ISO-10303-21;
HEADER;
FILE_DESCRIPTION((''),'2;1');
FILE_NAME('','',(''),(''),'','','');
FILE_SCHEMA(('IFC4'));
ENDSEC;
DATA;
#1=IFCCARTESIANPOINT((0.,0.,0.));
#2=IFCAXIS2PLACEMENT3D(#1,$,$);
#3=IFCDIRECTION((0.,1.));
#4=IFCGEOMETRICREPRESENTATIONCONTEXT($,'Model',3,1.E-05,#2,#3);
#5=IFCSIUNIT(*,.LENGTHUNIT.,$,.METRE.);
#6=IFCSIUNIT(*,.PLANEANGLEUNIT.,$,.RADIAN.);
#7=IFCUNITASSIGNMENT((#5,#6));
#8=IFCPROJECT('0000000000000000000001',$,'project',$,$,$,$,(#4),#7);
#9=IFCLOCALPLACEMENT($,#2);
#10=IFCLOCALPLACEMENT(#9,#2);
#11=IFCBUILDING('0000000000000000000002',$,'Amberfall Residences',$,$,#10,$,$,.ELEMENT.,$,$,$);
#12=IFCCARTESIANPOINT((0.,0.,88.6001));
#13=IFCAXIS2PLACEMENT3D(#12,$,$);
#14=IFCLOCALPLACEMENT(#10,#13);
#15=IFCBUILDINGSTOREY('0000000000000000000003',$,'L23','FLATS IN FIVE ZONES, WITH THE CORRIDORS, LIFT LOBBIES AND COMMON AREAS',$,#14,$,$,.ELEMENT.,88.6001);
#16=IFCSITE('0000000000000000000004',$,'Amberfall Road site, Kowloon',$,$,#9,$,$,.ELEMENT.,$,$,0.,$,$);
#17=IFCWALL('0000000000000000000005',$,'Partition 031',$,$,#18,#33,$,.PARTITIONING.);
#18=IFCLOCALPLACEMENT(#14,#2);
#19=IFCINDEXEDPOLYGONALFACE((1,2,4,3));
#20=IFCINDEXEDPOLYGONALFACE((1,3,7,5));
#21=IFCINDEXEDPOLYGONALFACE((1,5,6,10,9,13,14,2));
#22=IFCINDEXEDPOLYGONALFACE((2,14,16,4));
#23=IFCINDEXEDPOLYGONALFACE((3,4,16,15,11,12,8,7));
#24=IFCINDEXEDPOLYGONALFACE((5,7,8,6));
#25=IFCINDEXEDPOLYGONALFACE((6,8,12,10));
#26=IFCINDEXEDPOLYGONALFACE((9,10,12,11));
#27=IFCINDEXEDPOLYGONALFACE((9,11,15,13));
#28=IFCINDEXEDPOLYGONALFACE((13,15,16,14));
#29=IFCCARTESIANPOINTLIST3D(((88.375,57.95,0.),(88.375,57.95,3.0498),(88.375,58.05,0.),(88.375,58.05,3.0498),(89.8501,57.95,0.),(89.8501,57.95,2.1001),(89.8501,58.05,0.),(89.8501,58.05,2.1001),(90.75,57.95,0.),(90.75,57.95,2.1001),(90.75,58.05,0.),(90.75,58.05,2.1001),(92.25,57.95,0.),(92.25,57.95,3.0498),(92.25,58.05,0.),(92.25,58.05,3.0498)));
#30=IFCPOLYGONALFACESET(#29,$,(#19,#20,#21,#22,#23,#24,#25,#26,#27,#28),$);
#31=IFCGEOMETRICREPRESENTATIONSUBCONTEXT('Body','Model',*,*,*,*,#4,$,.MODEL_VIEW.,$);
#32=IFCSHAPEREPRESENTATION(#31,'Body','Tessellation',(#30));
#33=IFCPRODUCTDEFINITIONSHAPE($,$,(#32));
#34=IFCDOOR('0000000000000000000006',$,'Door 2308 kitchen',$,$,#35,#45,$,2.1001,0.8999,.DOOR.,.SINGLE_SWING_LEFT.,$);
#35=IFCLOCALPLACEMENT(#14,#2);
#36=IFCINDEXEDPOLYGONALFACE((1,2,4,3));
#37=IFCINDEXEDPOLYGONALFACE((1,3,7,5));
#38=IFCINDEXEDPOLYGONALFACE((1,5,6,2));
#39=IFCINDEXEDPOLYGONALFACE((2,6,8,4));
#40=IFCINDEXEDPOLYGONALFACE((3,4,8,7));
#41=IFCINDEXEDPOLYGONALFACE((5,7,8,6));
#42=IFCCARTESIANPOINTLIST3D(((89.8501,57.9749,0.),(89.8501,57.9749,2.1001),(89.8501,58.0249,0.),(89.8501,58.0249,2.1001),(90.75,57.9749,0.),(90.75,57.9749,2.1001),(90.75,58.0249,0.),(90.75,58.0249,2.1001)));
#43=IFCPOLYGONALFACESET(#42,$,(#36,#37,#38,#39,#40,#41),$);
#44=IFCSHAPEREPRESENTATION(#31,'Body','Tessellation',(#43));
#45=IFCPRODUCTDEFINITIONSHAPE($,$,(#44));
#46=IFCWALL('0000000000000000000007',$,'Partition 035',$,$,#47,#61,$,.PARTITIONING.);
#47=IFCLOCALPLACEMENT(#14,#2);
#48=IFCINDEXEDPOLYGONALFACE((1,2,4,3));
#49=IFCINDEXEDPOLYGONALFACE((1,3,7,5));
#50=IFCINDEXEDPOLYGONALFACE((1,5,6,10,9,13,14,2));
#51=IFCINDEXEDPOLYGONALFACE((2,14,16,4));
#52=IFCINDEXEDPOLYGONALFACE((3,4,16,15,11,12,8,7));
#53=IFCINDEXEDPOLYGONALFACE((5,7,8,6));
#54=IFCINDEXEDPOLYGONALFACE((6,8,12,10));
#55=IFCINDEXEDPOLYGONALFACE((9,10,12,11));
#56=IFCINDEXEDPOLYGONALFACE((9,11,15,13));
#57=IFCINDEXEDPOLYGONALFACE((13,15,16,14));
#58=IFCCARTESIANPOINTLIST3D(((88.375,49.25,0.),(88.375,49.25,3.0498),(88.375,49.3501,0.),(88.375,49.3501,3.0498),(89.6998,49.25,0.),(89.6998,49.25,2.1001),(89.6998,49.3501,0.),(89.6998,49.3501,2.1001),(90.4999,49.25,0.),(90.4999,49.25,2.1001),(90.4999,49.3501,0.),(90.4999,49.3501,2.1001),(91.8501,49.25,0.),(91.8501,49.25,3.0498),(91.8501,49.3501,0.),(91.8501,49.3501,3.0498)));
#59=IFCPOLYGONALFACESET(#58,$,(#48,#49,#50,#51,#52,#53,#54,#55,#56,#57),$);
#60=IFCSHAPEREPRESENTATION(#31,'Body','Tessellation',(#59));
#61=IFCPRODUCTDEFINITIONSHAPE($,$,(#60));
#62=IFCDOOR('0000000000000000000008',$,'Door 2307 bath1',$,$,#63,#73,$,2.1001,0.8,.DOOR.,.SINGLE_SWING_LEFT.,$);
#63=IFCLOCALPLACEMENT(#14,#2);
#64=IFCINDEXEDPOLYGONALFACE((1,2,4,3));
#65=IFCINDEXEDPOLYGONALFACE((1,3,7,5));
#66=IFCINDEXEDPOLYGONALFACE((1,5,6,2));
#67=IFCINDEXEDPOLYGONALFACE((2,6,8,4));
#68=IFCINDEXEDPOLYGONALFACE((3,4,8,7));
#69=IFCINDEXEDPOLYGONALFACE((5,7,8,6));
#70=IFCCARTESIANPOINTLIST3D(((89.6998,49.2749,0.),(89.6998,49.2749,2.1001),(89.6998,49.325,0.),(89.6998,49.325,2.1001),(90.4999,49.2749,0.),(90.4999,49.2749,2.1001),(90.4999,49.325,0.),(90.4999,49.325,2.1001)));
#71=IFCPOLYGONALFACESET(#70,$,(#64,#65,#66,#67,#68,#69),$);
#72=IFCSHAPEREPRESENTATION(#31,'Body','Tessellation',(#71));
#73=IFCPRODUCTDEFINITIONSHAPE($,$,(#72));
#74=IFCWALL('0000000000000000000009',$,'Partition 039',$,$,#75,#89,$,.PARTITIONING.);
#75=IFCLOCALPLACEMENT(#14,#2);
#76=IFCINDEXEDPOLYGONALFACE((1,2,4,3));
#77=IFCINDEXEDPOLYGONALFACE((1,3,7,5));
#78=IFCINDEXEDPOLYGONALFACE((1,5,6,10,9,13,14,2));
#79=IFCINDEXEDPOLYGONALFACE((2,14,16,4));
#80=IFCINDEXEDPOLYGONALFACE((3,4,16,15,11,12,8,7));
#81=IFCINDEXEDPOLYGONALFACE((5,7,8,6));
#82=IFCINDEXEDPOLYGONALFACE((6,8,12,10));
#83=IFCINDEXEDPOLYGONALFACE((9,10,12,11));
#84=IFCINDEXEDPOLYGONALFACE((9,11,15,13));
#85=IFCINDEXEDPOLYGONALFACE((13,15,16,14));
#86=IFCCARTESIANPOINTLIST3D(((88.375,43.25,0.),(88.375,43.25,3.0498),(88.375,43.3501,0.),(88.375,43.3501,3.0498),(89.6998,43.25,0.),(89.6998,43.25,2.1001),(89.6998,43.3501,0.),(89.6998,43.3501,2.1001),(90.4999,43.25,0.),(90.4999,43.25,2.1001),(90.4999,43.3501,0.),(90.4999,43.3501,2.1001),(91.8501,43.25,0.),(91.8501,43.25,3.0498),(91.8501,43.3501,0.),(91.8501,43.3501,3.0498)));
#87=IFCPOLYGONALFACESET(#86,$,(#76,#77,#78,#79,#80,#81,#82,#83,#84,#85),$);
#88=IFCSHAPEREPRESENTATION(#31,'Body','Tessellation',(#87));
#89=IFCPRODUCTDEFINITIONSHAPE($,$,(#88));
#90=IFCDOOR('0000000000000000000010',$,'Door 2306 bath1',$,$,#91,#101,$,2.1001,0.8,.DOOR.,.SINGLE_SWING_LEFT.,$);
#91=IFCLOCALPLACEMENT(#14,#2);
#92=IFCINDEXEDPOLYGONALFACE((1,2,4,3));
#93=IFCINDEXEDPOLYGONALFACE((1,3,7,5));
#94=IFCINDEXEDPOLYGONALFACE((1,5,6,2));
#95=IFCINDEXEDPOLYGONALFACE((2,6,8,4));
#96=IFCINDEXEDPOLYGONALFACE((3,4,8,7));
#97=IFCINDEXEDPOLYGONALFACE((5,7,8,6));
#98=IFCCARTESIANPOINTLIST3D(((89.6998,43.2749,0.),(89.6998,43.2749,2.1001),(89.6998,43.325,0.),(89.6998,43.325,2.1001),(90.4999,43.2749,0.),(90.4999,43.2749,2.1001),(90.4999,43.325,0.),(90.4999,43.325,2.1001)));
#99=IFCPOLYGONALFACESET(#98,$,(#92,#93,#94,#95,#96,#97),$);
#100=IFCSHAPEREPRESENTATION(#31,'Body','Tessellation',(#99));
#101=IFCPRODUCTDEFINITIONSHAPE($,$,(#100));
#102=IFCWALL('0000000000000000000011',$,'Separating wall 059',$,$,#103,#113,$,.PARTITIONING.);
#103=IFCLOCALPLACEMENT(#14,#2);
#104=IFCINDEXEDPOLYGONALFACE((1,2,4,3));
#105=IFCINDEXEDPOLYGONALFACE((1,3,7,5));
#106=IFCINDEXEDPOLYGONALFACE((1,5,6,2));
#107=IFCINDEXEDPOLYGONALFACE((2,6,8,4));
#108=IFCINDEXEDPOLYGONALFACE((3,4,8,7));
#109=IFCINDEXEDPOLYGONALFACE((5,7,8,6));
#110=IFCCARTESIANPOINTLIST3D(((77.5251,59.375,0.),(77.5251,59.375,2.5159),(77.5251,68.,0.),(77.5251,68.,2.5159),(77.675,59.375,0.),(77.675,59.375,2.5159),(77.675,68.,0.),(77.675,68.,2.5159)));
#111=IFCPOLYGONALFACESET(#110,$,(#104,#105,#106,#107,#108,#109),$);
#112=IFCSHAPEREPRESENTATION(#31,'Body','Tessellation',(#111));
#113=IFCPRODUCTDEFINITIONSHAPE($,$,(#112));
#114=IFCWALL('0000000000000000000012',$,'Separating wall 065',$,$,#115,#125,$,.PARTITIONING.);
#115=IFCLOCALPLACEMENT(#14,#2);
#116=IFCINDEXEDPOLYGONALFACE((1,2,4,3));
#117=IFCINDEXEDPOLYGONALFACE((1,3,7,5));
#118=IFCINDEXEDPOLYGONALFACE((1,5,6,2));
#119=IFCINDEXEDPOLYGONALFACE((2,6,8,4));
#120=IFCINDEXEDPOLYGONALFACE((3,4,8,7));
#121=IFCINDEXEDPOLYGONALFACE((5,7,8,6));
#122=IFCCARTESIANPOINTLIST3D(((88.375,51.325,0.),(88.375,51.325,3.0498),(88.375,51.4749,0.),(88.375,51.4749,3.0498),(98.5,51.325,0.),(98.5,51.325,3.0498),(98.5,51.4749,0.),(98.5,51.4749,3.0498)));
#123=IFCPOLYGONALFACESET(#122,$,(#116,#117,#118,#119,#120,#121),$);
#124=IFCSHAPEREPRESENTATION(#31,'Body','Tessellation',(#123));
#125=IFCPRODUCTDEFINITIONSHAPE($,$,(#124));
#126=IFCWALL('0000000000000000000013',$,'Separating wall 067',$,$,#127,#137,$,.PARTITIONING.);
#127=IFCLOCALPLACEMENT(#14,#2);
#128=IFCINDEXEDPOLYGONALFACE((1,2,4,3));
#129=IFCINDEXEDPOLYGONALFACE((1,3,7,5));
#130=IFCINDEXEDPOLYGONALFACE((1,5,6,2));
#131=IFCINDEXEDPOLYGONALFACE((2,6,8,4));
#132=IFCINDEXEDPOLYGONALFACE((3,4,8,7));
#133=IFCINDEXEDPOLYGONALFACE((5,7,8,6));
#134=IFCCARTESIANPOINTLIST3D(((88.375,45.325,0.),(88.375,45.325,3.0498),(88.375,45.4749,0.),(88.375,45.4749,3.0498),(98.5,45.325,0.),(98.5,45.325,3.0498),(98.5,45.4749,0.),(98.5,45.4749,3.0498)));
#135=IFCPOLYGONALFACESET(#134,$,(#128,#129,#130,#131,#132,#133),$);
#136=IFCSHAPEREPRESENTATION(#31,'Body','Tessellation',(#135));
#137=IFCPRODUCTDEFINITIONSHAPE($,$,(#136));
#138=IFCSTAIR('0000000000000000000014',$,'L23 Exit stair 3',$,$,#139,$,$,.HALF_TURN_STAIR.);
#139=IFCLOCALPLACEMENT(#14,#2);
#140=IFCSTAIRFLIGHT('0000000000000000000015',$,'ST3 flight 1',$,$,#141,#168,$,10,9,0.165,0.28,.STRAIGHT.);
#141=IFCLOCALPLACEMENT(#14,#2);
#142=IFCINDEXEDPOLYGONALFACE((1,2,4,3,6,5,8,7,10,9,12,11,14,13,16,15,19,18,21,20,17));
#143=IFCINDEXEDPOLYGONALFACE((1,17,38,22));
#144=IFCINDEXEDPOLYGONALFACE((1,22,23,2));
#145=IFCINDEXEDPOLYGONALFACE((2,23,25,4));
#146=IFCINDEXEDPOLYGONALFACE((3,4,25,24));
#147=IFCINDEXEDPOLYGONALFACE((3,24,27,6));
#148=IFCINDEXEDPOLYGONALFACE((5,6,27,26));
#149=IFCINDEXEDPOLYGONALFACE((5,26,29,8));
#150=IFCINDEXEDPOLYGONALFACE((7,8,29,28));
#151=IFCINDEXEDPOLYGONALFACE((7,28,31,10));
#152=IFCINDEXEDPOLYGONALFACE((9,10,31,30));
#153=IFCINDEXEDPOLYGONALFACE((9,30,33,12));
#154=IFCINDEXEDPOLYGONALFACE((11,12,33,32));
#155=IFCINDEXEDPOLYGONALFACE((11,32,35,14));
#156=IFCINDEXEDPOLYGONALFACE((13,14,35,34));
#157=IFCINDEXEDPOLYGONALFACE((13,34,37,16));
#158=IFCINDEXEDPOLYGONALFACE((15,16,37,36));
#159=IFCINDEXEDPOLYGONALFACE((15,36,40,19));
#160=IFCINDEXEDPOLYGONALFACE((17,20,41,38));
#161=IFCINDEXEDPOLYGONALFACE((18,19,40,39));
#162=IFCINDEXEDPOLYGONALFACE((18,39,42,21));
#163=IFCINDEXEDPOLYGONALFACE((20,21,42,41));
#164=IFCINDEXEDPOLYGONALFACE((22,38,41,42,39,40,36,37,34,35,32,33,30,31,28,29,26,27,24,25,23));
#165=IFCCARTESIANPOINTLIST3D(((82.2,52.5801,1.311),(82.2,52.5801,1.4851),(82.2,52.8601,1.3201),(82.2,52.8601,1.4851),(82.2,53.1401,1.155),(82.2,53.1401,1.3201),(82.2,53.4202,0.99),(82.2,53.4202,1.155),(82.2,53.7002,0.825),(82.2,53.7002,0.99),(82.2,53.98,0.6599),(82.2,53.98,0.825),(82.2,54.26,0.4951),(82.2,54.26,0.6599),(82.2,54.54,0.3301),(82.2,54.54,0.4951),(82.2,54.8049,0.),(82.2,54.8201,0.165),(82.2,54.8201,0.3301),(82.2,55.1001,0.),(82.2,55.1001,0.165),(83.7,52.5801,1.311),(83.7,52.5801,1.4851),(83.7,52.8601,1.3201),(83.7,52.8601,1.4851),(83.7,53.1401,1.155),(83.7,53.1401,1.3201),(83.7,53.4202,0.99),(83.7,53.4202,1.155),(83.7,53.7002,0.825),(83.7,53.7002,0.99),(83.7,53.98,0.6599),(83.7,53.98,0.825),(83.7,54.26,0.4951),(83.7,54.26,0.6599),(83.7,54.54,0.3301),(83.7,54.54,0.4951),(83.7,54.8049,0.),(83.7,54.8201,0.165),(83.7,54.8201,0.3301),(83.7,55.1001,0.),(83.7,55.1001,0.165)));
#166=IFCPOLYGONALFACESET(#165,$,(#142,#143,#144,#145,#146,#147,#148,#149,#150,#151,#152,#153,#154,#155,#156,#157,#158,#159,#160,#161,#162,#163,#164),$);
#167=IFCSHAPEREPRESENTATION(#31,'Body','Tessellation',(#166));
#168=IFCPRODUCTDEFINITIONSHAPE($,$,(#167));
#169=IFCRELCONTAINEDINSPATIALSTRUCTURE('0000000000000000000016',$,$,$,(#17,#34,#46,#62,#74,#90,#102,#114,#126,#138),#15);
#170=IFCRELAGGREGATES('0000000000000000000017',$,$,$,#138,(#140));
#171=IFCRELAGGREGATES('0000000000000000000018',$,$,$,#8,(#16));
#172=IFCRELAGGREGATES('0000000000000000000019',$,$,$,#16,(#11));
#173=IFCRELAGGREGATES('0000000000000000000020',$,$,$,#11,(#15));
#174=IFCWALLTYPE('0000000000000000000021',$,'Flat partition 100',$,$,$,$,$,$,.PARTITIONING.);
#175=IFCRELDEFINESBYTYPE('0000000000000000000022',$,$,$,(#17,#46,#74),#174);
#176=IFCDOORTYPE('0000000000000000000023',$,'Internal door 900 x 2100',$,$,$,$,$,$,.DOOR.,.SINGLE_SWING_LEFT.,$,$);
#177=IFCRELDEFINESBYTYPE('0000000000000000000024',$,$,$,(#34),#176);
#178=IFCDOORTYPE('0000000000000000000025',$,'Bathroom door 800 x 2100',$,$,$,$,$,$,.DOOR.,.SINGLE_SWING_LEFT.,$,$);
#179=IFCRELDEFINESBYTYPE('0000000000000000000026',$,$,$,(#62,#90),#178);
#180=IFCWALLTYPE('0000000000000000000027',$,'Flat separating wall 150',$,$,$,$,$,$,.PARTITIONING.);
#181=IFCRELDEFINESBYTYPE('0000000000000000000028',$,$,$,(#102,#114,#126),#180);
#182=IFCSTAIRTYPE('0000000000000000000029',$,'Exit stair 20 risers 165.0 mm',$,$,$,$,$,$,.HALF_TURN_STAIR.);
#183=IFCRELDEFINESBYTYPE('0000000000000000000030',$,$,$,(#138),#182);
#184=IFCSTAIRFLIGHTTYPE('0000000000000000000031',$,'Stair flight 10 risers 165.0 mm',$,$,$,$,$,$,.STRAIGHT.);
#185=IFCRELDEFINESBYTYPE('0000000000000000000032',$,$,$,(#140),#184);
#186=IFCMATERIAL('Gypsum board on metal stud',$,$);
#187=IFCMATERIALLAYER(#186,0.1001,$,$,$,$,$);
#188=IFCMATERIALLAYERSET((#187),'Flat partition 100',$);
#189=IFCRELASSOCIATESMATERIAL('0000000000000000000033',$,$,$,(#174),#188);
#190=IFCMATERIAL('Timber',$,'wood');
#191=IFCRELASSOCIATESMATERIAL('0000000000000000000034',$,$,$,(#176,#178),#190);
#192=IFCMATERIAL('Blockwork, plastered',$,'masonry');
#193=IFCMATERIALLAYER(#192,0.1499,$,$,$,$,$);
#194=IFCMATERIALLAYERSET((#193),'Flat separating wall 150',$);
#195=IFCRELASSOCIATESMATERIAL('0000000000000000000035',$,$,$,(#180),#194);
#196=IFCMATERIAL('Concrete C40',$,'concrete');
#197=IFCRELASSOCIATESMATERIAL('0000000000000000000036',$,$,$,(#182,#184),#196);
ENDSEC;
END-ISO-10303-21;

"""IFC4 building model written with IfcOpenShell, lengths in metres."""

from ifc_helpers import new_model, si_unit, direction, frame, frame_2d, origin, place, context, subcontext, project, spatial, polyline, rectangle, outline, extrude, material, layer, layer_set, type_object, element, fill, aggregate, save


model = new_model("IFC4")

# Units and contexts
model_context = context("Model", 3, precision=1e-05, world=origin(), true_north=direction((0.0, 1.0)))
body_context = subcontext(model_context, "Body", "Model", "MODEL_VIEW")
ifc_project = project(units=[si_unit("LENGTHUNIT", "METRE"), si_unit("PLANEANGLEUNIT", "RADIAN")], contexts=[model_context])

# Site, building, storey
site_placement = place(None, origin())
site = spatial("IfcSite", under=ifc_project, at=site_placement, Name="Amberfall Road site, Kowloon", CompositionType="ELEMENT", RefElevation=0.0)
building_placement = place(site_placement, origin())
building = spatial("IfcBuilding", under=site, at=building_placement, Name="Amberfall Residences", CompositionType="ELEMENT")
storey_placement = place(building_placement, frame((0.0, 0.0, 88.6001)))
storey = spatial("IfcBuildingStorey", under=building, at=storey_placement, Name="L23", Description="FLATS IN FIVE ZONES, WITH THE CORRIDORS, LIFT LOBBIES AND COMMON AREAS", CompositionType="ELEMENT", Elevation=88.6001)

# Shared definitions
ifc_material_1 = material(Name="Gypsum board on metal stud")
ifc_layer_1 = layer(ifc_material_1, 0.1001)
ifc_layer_set_1 = layer_set([ifc_layer_1], Name="Flat partition 100")
wall_type_1 = type_object("IfcWallType", Name="Flat partition 100", PredefinedType="PARTITIONING", material=ifc_layer_set_1)
ifc_material_2 = material(Name="Timber", Category="wood")
door_type_1 = type_object("IfcDoorType", Name="Internal door 900 x 2100", OperationType="SINGLE_SWING_LEFT", PredefinedType="DOOR", material=ifc_material_2)

# Walls, openings, doors
wall_1_placement = place(storey_placement, frame((88.375, 58.0, 0.0), z_axis=(0.0, 0.0, 1.0), x_axis=(1.0, 0.0, 0.0)))
wall_1 = element("IfcWall", 1, at=wall_1_placement, inside=storey, type_object=wall_type_1, Name="Partition 031", PredefinedType="PARTITIONING", context=body_context, shape_type="SweptSolid", body=[
    extrude(rectangle(XDim=3.875, YDim=0.1001, at=frame_2d((1.9375, 0.0))), origin(), (0.0, 0.0, 1.0), 3.0498),
])
opening_1_placement = place(wall_1_placement, frame((1.4751, 0.0, 0.0)))
opening_1 = element("IfcOpeningElement", 2, at=opening_1_placement, cuts=wall_1, PredefinedType="OPENING", context=body_context, shape_type="SweptSolid", body=[
    extrude(rectangle(XDim=0.8999, YDim=2.1001, at=frame_2d((0.45, 1.05))), frame((0.0, 0.0601, 0.0), z_axis=(0.0, -1.0, 0.0), x_axis=(1.0, 0.0, 0.0)), (0.0, 0.0, 1.0), 0.1201),
])
door_1_placement = place(opening_1_placement, origin())
door_1 = element("IfcDoor", 3, at=door_1_placement, inside=storey, type_object=door_type_1, Name="Door 2308 kitchen", OperationType="SINGLE_SWING_LEFT", OverallHeight=2.1001, OverallWidth=0.8999, PredefinedType="DOOR", context=body_context, shape_type="SweptSolid", body=[
    extrude(rectangle(XDim=0.8999, YDim=2.1001, at=frame_2d((0.45, 1.05))), frame((0.0, 0.0249, 0.0), z_axis=(0.0, -1.0, 0.0), x_axis=(1.0, 0.0, 0.0)), (0.0, 0.0, 1.0), 0.05),
])
fill(opening_1, door_1)
wall_2_placement = place(storey_placement, frame((88.375, 49.3, 0.0), z_axis=(0.0, 0.0, 1.0), x_axis=(1.0, 0.0, 0.0)))
wall_2 = element("IfcWall", 4, at=wall_2_placement, inside=storey, type_object=wall_type_1, Name="Partition 035", PredefinedType="PARTITIONING", context=body_context, shape_type="SweptSolid", body=[
    extrude(rectangle(XDim=3.4751, YDim=0.1001, at=frame_2d((1.7375, 0.0))), origin(), (0.0, 0.0, 1.0), 3.0498),
])
opening_2_placement = place(wall_2_placement, frame((1.325, 0.0, 0.0)))
opening_2 = element("IfcOpeningElement", 5, at=opening_2_placement, cuts=wall_2, PredefinedType="OPENING", context=body_context, shape_type="SweptSolid", body=[
    extrude(rectangle(XDim=0.8, YDim=2.1001, at=frame_2d((0.3999, 1.05))), frame((0.0, 0.0601, 0.0), z_axis=(0.0, -1.0, 0.0), x_axis=(1.0, 0.0, 0.0)), (0.0, 0.0, 1.0), 0.1201),
])
door_type_2 = type_object("IfcDoorType", Name="Bathroom door 800 x 2100", OperationType="SINGLE_SWING_LEFT", PredefinedType="DOOR", material=ifc_material_2)
door_2_placement = place(opening_2_placement, origin())
door_2 = element("IfcDoor", 6, at=door_2_placement, inside=storey, type_object=door_type_2, Name="Door 2307 bath1", OperationType="SINGLE_SWING_LEFT", OverallHeight=2.1001, OverallWidth=0.8, PredefinedType="DOOR", context=body_context, shape_type="SweptSolid", body=[
    extrude(rectangle(XDim=0.8, YDim=2.1001, at=frame_2d((0.3999, 1.05))), frame((0.0, 0.0249, 0.0), z_axis=(0.0, -1.0, 0.0), x_axis=(1.0, 0.0, 0.0)), (0.0, 0.0, 1.0), 0.05),
])
fill(opening_2, door_2)
wall_3_placement = place(storey_placement, frame((88.375, 43.3, 0.0), z_axis=(0.0, 0.0, 1.0), x_axis=(1.0, 0.0, 0.0)))
wall_3 = element("IfcWall", 7, at=wall_3_placement, inside=storey, type_object=wall_type_1, Name="Partition 039", PredefinedType="PARTITIONING", context=body_context, shape_type="SweptSolid", body=[
    extrude(rectangle(XDim=3.4751, YDim=0.1001, at=frame_2d((1.7375, 0.0))), origin(), (0.0, 0.0, 1.0), 3.0498),
])
opening_3_placement = place(wall_3_placement, frame((1.325, 0.0, 0.0)))
opening_3 = element("IfcOpeningElement", 8, at=opening_3_placement, cuts=wall_3, PredefinedType="OPENING", context=body_context, shape_type="SweptSolid", body=[
    extrude(rectangle(XDim=0.8, YDim=2.1001, at=frame_2d((0.3999, 1.05))), frame((0.0, 0.0601, 0.0), z_axis=(0.0, -1.0, 0.0), x_axis=(1.0, 0.0, 0.0)), (0.0, 0.0, 1.0), 0.1201),
])
door_3_placement = place(opening_3_placement, origin())
door_3 = element("IfcDoor", 9, at=door_3_placement, inside=storey, type_object=door_type_2, Name="Door 2306 bath1", OperationType="SINGLE_SWING_LEFT", OverallHeight=2.1001, OverallWidth=0.8, PredefinedType="DOOR", context=body_context, shape_type="SweptSolid", body=[
    extrude(rectangle(XDim=0.8, YDim=2.1001, at=frame_2d((0.3999, 1.05))), frame((0.0, 0.0249, 0.0), z_axis=(0.0, -1.0, 0.0), x_axis=(1.0, 0.0, 0.0)), (0.0, 0.0, 1.0), 0.05),
])
fill(opening_3, door_3)

# Walls
ifc_material_3 = material(Name="Blockwork, plastered", Category="masonry")
ifc_layer_2 = layer(ifc_material_3, 0.1499)
ifc_layer_set_2 = layer_set([ifc_layer_2], Name="Flat separating wall 150")
wall_type_2 = type_object("IfcWallType", Name="Flat separating wall 150", PredefinedType="PARTITIONING", material=ifc_layer_set_2)
wall_4_placement = place(storey_placement, frame((77.6001, 59.375, 0.0), z_axis=(0.0, 0.0, 1.0), x_axis=(0.0, 1.0, 0.0)))
element("IfcWall", 10, at=wall_4_placement, inside=storey, type_object=wall_type_2, Name="Separating wall 059", PredefinedType="PARTITIONING", context=body_context, shape_type="SweptSolid", body=[
    extrude(rectangle(XDim=8.625, YDim=0.1499, at=frame_2d((4.3125, 0.0))), origin(), (0.0, 0.0, 1.0), 2.5159),
])
for number, where, z_axis, x_axis, name in (
    (11, (88.375, 51.3999, 0.0), (0.0, 0.0, 1.0), (1.0, 0.0, 0.0), "Separating wall 065"),
    (12, (88.375, 45.3999, 0.0), (0.0, 0.0, 1.0), (1.0, 0.0, 0.0), "Separating wall 067"),
):
    element("IfcWall", number, at=place(storey_placement, frame(where, z_axis=z_axis, x_axis=x_axis)), inside=storey, type_object=wall_type_2, Name=name, PredefinedType="PARTITIONING", context=body_context, shape_type="SweptSolid", body=[
        extrude(rectangle(XDim=10.125, YDim=0.1499, at=frame_2d((5.0625, 0.0))), origin(), (0.0, 0.0, 1.0), 3.0498),
    ])

# Stair, stair flight
ifc_material_4 = material(Name="Concrete C40", Category="concrete")
stair_type = type_object("IfcStairType", Name="Exit stair 20 risers 165.0 mm", PredefinedType="HALF_TURN_STAIR", material=ifc_material_4)
stair_placement = place(storey_placement, origin())
stair = element("IfcStair", 13, at=stair_placement, inside=storey, type_object=stair_type, Name="L23 Exit stair 3", PredefinedType="HALF_TURN_STAIR")
stair_flight_type = type_object("IfcStairFlightType", Name="Stair flight 10 risers 165.0 mm", PredefinedType="STRAIGHT", material=ifc_material_4)
stair_flight_1_placement = place(storey_placement, frame((82.95, 55.1001, 0.0), z_axis=(0.0, 0.0, 1.0), x_axis=(0.0, -1.0, 0.0)))
stair_flight_1 = element("IfcStairFlight", 14, at=stair_flight_1_placement, type_object=stair_flight_type, Name="ST3 flight 1", NumberOfRisers=10, NumberOfTreads=9, PredefinedType="STRAIGHT", RiserHeight=0.165, TreadLength=0.28, context=body_context, shape_type="SweptSolid", body=[
    extrude(outline(polyline([(0.0, 0.0), (0.0, 0.165), (0.28, 0.165), (0.28, 0.3301), (0.5601, 0.3301), (0.5601, 0.4951), (0.8401, 0.4951), (0.8401, 0.6599), (1.1201, 0.6599), (1.1201, 0.825), (1.3999, 0.825), (1.3999, 0.99), (1.6799, 0.99), (1.6799, 1.155), (1.96, 1.155), (1.96, 1.3201), (2.24, 1.3201), (2.24, 1.4851), (2.52, 1.4851), (2.52, 1.6499), (2.52, 1.311), (0.2952, 0.0), (0.0, 0.0)])), frame((0.0, 0.75, 0.0), z_axis=(0.0, -1.0, 0.0), x_axis=(1.0, 0.0, 0.0)), (0.0, 0.0, 1.0), 1.5),
])
aggregate(stair, [stair_flight_1])

save(model, "model.ifc")
